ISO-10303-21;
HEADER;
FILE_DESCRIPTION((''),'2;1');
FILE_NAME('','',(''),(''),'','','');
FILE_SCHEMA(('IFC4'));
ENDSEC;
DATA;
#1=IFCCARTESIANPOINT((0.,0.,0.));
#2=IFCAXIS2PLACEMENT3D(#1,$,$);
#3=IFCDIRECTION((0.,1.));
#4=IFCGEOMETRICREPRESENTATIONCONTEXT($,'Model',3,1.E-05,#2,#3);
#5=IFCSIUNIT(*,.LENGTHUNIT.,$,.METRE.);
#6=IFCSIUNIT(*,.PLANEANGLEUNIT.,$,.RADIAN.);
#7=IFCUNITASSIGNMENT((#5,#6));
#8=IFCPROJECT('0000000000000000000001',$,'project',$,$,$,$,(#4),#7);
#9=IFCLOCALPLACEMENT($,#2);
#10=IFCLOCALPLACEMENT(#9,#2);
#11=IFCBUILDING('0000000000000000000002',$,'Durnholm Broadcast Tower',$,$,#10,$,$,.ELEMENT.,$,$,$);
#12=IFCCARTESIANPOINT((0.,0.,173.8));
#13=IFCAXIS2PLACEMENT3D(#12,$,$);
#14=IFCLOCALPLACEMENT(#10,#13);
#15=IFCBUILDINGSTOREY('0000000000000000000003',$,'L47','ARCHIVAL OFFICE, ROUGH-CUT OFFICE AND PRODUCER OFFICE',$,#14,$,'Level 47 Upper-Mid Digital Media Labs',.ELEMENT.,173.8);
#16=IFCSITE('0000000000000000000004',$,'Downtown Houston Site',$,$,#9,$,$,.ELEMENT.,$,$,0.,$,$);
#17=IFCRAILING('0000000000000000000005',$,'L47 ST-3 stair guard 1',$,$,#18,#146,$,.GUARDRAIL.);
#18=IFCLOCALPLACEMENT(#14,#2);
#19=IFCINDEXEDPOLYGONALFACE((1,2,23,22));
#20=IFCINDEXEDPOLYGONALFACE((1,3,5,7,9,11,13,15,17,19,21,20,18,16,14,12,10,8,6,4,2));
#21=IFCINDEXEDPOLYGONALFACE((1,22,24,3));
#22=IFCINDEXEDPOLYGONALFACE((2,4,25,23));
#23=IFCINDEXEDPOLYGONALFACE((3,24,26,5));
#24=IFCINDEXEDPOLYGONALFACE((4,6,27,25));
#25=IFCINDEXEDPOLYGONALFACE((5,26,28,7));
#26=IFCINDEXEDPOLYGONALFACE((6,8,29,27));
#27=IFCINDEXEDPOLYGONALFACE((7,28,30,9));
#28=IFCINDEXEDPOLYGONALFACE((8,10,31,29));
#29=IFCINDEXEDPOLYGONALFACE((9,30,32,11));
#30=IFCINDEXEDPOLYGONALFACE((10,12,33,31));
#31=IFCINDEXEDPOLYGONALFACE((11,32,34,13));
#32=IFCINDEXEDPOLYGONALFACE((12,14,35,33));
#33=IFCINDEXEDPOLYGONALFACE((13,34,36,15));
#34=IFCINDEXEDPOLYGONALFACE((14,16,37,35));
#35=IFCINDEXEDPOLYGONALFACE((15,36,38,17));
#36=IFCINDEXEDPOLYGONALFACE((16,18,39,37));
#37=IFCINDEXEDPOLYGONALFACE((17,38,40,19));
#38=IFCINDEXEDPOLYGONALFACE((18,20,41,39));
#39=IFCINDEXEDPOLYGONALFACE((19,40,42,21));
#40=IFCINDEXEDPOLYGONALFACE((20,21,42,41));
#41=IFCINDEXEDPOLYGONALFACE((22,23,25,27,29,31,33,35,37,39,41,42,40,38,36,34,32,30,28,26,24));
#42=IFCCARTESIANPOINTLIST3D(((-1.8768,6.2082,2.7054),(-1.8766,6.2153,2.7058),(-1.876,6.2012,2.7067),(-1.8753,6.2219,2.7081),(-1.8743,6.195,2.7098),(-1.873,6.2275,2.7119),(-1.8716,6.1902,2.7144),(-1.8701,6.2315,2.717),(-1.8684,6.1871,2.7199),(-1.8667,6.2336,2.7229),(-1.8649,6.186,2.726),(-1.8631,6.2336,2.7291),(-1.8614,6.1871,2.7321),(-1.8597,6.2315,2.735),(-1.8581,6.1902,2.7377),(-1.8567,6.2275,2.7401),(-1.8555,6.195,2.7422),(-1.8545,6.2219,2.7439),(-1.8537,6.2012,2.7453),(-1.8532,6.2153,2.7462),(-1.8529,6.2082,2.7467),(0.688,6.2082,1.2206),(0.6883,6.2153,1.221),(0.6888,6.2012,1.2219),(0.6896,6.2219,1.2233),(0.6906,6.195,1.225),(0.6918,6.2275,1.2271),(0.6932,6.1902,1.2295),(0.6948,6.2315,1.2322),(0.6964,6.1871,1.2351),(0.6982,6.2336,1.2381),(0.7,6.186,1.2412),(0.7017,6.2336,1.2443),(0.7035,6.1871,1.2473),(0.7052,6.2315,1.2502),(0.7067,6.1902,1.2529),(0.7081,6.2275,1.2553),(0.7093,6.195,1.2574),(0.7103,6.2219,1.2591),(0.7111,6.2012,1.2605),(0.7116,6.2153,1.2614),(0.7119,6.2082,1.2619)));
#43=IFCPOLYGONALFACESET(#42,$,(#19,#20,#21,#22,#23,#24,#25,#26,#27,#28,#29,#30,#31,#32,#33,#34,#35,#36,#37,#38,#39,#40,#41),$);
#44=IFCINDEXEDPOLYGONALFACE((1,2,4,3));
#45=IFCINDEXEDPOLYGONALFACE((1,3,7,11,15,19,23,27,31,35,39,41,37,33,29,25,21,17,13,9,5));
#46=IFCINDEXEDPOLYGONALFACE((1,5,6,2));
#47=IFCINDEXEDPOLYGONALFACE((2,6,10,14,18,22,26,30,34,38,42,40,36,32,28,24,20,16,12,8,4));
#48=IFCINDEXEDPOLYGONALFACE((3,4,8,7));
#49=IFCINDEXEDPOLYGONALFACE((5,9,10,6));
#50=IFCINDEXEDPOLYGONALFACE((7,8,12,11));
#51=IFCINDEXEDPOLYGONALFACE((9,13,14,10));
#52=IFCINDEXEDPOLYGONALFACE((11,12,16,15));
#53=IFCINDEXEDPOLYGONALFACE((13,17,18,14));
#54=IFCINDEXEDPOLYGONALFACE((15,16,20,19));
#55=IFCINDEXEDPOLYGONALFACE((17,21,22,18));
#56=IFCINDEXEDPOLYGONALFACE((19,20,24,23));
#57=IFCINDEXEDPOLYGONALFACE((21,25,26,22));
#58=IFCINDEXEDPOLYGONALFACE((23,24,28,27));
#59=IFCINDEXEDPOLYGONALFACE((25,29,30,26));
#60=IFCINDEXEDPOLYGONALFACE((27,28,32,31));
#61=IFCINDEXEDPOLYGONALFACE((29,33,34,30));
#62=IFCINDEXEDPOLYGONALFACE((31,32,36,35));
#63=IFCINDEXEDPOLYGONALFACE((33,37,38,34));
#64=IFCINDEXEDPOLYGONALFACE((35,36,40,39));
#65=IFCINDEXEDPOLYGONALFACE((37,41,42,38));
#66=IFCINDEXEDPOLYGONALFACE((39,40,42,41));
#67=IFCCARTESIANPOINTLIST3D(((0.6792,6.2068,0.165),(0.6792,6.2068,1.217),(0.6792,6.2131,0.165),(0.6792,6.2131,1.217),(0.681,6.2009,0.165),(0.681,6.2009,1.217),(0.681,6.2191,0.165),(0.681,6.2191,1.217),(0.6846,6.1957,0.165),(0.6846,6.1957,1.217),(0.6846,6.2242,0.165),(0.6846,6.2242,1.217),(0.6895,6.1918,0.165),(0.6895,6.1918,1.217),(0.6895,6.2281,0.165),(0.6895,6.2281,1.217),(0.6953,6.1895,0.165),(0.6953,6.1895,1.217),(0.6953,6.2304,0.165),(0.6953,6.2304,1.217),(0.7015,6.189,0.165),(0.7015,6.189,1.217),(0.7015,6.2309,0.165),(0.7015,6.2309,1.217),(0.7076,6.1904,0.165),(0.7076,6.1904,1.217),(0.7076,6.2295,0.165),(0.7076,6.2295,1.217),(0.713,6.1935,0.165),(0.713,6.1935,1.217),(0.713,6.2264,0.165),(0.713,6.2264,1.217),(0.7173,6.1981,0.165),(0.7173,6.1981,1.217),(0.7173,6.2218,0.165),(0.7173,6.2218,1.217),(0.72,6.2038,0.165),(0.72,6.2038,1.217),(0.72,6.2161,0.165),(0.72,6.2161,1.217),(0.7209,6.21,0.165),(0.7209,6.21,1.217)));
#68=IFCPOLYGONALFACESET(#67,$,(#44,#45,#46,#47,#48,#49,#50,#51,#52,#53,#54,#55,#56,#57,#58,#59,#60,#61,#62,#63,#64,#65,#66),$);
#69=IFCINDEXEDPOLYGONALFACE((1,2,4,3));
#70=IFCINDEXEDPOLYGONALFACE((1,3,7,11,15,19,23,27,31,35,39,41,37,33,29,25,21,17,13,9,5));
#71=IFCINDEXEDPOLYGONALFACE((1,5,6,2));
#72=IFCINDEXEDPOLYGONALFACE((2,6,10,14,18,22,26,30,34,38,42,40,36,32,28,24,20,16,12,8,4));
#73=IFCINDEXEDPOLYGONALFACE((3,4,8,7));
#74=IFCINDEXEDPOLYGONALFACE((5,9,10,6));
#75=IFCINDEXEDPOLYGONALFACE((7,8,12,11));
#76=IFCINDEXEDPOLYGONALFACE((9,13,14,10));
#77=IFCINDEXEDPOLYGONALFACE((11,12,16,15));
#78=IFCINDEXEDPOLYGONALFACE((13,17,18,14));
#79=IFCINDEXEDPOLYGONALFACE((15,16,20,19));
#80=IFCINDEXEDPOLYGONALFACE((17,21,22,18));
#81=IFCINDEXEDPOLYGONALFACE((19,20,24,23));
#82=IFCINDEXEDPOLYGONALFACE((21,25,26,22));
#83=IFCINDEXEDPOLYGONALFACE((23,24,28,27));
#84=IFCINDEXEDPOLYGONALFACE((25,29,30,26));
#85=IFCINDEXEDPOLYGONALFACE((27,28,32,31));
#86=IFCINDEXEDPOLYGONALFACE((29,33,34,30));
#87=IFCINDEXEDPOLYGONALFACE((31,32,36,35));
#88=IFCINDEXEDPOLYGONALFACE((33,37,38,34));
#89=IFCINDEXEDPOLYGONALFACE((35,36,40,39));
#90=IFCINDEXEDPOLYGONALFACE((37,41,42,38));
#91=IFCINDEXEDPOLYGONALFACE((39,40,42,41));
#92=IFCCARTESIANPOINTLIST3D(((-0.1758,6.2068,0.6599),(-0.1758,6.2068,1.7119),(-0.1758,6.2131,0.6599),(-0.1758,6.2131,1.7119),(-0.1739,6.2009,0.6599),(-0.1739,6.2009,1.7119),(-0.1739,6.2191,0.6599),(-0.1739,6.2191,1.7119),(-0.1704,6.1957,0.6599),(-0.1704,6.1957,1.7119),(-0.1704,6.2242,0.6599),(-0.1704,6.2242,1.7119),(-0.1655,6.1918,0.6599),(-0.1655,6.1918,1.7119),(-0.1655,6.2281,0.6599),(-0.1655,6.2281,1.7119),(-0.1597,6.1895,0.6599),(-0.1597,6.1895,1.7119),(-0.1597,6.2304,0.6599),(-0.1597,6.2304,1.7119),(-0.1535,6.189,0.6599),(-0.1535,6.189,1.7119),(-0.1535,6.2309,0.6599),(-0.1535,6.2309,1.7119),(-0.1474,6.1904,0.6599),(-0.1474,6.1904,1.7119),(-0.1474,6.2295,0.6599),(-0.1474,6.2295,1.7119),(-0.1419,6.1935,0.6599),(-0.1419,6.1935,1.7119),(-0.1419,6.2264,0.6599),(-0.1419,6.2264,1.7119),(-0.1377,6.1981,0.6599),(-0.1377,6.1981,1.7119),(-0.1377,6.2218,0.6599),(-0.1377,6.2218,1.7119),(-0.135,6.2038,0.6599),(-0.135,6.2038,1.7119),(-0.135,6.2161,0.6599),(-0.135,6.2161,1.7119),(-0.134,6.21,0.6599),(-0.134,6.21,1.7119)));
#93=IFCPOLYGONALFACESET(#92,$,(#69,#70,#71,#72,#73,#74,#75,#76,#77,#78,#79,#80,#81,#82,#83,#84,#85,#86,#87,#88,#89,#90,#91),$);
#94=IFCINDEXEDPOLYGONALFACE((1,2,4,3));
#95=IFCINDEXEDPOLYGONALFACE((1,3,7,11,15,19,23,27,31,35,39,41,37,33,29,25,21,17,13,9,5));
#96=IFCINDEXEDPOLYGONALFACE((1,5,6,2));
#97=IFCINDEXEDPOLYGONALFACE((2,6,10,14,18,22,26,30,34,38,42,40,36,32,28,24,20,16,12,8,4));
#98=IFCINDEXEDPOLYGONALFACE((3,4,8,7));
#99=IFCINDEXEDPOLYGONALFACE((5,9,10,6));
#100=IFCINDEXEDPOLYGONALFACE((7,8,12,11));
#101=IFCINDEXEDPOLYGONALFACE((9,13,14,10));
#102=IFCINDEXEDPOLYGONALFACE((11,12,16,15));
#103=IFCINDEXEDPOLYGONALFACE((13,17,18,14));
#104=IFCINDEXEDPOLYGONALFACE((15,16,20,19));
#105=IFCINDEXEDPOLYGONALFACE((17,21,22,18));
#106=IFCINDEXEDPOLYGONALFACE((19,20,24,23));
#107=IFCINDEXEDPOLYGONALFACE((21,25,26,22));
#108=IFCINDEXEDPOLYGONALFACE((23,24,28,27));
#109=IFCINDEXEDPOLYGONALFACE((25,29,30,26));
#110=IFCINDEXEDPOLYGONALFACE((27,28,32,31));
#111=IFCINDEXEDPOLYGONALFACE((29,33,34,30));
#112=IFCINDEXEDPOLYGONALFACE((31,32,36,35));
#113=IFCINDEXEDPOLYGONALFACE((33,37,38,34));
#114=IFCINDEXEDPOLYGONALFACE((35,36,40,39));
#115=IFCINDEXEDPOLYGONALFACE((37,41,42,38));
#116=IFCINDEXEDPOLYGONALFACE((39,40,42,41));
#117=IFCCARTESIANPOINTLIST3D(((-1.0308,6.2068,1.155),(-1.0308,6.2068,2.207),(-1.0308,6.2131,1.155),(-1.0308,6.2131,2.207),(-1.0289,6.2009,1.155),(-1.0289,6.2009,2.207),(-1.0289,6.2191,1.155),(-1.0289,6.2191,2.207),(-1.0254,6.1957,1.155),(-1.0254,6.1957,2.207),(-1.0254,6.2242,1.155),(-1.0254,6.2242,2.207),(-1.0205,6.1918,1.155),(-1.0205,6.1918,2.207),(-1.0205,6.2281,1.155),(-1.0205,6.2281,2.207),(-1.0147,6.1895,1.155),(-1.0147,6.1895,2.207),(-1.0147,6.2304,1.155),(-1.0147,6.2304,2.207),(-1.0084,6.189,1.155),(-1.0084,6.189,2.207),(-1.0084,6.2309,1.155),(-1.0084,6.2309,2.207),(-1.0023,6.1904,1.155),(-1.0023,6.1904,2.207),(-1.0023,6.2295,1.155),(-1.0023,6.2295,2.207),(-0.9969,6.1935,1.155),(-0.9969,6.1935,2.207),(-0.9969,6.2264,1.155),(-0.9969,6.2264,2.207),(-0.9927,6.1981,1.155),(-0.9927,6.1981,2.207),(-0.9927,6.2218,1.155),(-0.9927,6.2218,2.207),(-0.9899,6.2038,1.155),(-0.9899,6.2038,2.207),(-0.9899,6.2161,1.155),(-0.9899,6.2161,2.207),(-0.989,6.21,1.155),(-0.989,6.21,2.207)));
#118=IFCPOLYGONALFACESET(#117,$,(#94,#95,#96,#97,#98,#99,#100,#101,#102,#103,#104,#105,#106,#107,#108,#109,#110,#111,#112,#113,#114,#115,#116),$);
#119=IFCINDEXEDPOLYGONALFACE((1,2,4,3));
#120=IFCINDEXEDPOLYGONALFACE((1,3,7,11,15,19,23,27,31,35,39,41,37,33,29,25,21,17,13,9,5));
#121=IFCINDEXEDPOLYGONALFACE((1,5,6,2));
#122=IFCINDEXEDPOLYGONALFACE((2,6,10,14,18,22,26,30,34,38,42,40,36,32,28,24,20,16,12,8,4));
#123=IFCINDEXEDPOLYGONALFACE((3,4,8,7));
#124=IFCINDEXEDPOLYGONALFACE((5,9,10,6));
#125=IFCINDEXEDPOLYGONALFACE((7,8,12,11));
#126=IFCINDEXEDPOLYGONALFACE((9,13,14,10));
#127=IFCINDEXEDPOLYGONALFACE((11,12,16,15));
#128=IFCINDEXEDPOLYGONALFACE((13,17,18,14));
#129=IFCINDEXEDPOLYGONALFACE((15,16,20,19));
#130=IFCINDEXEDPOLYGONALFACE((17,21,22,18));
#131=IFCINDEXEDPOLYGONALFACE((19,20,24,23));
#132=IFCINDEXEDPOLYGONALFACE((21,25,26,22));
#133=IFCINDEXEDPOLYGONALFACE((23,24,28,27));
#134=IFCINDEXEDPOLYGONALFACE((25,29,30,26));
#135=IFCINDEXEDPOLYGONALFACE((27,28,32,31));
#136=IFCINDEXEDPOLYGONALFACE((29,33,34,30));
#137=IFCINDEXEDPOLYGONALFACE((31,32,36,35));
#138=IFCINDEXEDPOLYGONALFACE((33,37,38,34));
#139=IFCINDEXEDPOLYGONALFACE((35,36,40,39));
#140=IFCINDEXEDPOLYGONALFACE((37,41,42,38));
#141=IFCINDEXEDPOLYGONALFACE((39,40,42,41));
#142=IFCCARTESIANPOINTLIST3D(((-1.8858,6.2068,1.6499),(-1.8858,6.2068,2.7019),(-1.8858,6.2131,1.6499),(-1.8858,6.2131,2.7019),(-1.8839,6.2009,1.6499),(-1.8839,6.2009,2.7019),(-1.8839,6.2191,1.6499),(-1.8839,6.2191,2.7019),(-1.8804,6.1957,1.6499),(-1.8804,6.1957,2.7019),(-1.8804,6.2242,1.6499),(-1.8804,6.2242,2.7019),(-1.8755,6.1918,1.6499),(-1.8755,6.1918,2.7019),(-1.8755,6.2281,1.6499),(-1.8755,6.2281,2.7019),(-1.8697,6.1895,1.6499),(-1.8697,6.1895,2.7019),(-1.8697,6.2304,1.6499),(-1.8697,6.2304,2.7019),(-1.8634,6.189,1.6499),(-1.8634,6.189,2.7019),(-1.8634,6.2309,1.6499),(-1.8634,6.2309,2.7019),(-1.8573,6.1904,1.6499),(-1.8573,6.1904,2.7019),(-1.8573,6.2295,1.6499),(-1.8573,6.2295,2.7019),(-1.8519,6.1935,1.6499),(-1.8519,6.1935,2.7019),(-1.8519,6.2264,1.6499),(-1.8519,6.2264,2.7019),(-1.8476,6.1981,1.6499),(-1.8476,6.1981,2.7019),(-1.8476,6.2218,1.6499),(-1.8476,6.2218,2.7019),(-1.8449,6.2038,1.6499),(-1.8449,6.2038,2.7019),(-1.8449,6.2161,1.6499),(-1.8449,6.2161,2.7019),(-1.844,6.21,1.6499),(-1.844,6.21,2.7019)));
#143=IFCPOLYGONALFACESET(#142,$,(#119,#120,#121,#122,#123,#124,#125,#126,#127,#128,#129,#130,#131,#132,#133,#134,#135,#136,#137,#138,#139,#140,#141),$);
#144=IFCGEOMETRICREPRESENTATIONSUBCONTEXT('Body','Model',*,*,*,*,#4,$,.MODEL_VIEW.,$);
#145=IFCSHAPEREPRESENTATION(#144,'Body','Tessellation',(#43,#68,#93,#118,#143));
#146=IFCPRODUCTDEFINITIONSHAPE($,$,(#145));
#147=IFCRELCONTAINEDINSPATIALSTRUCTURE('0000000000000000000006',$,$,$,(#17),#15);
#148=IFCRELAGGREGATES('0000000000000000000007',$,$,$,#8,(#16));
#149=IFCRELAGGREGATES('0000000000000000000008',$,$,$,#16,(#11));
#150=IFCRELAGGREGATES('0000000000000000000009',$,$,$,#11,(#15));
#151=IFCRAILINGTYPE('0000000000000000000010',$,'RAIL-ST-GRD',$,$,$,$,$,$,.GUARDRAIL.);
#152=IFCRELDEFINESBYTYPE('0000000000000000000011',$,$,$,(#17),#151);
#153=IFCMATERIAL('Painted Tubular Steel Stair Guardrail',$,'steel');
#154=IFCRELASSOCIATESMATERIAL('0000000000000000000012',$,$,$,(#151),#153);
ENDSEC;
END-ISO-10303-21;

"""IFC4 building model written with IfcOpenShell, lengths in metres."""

from ifc_helpers import new_model, si_unit, direction, frame, origin, origin_2d, place, context, subcontext, project, spatial, circle, extrude, material, type_object, element, save


model = new_model("IFC4")

# Units and contexts
model_context = context("Model", 3, precision=1e-05, world=origin(), true_north=direction((0.0, 1.0)))
body_context = subcontext(model_context, "Body", "Model", "MODEL_VIEW")
ifc_project = project(units=[si_unit("LENGTHUNIT", "METRE"), si_unit("PLANEANGLEUNIT", "RADIAN")], contexts=[model_context])

# Site, building, storey
site_placement = place(None, origin())
site = spatial("IfcSite", under=ifc_project, at=site_placement, Name="Downtown Houston Site", CompositionType="ELEMENT", RefElevation=0.0)
building_placement = place(site_placement, origin())
building = spatial("IfcBuilding", under=site, at=building_placement, Name="Durnholm Broadcast Tower", CompositionType="ELEMENT")
storey_placement = place(building_placement, frame((0.0, 0.0, 173.8)))
storey = spatial("IfcBuildingStorey", under=building, at=storey_placement, Name="L47", Description="ARCHIVAL OFFICE, ROUGH-CUT OFFICE AND PRODUCER OFFICE", LongName="Level 47 Upper-Mid Digital Media Labs", CompositionType="ELEMENT", Elevation=173.8)

# Railing
ifc_material_1 = material(Name="Painted Tubular Steel Stair Guardrail", Category="steel")
railing_type_1 = type_object("IfcRailingType", Name="RAIL-ST-GRD", PredefinedType="GUARDRAIL", material=ifc_material_1)
railing_1_placement = place(storey_placement, frame((0.7, 6.21, 0.165)))
element("IfcRailing", 1, at=railing_1_placement, inside=storey, type_object=railing_type_1, Name="L47 ST-3 stair guard 1", PredefinedType="GUARDRAIL", context=body_context, shape_type="SweptSolid", body=[
    extrude(circle(Radius=0.0239, at=origin_2d()), frame((0.0, 0.0, 1.0762), z_axis=(-0.865441, 0.0, 0.50101), x_axis=(0.0, -1.0, 0.0)), (0.0, 0.0, 1.0), 2.9636),
    extrude(circle(Radius=0.021, at=origin_2d()), origin(), (0.0, 0.0, 1.0), 1.052),
    extrude(circle(Radius=0.021, at=origin_2d()), frame((-0.855, 0.0, 0.4949)), (0.0, 0.0, 1.0), 1.052),
    extrude(circle(Radius=0.021, at=origin_2d()), frame((-1.71, 0.0, 0.99)), (0.0, 0.0, 1.0), 1.052),
    extrude(circle(Radius=0.021, at=origin_2d()), frame((-2.5649, 0.0, 1.4849)), (0.0, 0.0, 1.0), 1.052),
])

save(model, "model.ifc")
